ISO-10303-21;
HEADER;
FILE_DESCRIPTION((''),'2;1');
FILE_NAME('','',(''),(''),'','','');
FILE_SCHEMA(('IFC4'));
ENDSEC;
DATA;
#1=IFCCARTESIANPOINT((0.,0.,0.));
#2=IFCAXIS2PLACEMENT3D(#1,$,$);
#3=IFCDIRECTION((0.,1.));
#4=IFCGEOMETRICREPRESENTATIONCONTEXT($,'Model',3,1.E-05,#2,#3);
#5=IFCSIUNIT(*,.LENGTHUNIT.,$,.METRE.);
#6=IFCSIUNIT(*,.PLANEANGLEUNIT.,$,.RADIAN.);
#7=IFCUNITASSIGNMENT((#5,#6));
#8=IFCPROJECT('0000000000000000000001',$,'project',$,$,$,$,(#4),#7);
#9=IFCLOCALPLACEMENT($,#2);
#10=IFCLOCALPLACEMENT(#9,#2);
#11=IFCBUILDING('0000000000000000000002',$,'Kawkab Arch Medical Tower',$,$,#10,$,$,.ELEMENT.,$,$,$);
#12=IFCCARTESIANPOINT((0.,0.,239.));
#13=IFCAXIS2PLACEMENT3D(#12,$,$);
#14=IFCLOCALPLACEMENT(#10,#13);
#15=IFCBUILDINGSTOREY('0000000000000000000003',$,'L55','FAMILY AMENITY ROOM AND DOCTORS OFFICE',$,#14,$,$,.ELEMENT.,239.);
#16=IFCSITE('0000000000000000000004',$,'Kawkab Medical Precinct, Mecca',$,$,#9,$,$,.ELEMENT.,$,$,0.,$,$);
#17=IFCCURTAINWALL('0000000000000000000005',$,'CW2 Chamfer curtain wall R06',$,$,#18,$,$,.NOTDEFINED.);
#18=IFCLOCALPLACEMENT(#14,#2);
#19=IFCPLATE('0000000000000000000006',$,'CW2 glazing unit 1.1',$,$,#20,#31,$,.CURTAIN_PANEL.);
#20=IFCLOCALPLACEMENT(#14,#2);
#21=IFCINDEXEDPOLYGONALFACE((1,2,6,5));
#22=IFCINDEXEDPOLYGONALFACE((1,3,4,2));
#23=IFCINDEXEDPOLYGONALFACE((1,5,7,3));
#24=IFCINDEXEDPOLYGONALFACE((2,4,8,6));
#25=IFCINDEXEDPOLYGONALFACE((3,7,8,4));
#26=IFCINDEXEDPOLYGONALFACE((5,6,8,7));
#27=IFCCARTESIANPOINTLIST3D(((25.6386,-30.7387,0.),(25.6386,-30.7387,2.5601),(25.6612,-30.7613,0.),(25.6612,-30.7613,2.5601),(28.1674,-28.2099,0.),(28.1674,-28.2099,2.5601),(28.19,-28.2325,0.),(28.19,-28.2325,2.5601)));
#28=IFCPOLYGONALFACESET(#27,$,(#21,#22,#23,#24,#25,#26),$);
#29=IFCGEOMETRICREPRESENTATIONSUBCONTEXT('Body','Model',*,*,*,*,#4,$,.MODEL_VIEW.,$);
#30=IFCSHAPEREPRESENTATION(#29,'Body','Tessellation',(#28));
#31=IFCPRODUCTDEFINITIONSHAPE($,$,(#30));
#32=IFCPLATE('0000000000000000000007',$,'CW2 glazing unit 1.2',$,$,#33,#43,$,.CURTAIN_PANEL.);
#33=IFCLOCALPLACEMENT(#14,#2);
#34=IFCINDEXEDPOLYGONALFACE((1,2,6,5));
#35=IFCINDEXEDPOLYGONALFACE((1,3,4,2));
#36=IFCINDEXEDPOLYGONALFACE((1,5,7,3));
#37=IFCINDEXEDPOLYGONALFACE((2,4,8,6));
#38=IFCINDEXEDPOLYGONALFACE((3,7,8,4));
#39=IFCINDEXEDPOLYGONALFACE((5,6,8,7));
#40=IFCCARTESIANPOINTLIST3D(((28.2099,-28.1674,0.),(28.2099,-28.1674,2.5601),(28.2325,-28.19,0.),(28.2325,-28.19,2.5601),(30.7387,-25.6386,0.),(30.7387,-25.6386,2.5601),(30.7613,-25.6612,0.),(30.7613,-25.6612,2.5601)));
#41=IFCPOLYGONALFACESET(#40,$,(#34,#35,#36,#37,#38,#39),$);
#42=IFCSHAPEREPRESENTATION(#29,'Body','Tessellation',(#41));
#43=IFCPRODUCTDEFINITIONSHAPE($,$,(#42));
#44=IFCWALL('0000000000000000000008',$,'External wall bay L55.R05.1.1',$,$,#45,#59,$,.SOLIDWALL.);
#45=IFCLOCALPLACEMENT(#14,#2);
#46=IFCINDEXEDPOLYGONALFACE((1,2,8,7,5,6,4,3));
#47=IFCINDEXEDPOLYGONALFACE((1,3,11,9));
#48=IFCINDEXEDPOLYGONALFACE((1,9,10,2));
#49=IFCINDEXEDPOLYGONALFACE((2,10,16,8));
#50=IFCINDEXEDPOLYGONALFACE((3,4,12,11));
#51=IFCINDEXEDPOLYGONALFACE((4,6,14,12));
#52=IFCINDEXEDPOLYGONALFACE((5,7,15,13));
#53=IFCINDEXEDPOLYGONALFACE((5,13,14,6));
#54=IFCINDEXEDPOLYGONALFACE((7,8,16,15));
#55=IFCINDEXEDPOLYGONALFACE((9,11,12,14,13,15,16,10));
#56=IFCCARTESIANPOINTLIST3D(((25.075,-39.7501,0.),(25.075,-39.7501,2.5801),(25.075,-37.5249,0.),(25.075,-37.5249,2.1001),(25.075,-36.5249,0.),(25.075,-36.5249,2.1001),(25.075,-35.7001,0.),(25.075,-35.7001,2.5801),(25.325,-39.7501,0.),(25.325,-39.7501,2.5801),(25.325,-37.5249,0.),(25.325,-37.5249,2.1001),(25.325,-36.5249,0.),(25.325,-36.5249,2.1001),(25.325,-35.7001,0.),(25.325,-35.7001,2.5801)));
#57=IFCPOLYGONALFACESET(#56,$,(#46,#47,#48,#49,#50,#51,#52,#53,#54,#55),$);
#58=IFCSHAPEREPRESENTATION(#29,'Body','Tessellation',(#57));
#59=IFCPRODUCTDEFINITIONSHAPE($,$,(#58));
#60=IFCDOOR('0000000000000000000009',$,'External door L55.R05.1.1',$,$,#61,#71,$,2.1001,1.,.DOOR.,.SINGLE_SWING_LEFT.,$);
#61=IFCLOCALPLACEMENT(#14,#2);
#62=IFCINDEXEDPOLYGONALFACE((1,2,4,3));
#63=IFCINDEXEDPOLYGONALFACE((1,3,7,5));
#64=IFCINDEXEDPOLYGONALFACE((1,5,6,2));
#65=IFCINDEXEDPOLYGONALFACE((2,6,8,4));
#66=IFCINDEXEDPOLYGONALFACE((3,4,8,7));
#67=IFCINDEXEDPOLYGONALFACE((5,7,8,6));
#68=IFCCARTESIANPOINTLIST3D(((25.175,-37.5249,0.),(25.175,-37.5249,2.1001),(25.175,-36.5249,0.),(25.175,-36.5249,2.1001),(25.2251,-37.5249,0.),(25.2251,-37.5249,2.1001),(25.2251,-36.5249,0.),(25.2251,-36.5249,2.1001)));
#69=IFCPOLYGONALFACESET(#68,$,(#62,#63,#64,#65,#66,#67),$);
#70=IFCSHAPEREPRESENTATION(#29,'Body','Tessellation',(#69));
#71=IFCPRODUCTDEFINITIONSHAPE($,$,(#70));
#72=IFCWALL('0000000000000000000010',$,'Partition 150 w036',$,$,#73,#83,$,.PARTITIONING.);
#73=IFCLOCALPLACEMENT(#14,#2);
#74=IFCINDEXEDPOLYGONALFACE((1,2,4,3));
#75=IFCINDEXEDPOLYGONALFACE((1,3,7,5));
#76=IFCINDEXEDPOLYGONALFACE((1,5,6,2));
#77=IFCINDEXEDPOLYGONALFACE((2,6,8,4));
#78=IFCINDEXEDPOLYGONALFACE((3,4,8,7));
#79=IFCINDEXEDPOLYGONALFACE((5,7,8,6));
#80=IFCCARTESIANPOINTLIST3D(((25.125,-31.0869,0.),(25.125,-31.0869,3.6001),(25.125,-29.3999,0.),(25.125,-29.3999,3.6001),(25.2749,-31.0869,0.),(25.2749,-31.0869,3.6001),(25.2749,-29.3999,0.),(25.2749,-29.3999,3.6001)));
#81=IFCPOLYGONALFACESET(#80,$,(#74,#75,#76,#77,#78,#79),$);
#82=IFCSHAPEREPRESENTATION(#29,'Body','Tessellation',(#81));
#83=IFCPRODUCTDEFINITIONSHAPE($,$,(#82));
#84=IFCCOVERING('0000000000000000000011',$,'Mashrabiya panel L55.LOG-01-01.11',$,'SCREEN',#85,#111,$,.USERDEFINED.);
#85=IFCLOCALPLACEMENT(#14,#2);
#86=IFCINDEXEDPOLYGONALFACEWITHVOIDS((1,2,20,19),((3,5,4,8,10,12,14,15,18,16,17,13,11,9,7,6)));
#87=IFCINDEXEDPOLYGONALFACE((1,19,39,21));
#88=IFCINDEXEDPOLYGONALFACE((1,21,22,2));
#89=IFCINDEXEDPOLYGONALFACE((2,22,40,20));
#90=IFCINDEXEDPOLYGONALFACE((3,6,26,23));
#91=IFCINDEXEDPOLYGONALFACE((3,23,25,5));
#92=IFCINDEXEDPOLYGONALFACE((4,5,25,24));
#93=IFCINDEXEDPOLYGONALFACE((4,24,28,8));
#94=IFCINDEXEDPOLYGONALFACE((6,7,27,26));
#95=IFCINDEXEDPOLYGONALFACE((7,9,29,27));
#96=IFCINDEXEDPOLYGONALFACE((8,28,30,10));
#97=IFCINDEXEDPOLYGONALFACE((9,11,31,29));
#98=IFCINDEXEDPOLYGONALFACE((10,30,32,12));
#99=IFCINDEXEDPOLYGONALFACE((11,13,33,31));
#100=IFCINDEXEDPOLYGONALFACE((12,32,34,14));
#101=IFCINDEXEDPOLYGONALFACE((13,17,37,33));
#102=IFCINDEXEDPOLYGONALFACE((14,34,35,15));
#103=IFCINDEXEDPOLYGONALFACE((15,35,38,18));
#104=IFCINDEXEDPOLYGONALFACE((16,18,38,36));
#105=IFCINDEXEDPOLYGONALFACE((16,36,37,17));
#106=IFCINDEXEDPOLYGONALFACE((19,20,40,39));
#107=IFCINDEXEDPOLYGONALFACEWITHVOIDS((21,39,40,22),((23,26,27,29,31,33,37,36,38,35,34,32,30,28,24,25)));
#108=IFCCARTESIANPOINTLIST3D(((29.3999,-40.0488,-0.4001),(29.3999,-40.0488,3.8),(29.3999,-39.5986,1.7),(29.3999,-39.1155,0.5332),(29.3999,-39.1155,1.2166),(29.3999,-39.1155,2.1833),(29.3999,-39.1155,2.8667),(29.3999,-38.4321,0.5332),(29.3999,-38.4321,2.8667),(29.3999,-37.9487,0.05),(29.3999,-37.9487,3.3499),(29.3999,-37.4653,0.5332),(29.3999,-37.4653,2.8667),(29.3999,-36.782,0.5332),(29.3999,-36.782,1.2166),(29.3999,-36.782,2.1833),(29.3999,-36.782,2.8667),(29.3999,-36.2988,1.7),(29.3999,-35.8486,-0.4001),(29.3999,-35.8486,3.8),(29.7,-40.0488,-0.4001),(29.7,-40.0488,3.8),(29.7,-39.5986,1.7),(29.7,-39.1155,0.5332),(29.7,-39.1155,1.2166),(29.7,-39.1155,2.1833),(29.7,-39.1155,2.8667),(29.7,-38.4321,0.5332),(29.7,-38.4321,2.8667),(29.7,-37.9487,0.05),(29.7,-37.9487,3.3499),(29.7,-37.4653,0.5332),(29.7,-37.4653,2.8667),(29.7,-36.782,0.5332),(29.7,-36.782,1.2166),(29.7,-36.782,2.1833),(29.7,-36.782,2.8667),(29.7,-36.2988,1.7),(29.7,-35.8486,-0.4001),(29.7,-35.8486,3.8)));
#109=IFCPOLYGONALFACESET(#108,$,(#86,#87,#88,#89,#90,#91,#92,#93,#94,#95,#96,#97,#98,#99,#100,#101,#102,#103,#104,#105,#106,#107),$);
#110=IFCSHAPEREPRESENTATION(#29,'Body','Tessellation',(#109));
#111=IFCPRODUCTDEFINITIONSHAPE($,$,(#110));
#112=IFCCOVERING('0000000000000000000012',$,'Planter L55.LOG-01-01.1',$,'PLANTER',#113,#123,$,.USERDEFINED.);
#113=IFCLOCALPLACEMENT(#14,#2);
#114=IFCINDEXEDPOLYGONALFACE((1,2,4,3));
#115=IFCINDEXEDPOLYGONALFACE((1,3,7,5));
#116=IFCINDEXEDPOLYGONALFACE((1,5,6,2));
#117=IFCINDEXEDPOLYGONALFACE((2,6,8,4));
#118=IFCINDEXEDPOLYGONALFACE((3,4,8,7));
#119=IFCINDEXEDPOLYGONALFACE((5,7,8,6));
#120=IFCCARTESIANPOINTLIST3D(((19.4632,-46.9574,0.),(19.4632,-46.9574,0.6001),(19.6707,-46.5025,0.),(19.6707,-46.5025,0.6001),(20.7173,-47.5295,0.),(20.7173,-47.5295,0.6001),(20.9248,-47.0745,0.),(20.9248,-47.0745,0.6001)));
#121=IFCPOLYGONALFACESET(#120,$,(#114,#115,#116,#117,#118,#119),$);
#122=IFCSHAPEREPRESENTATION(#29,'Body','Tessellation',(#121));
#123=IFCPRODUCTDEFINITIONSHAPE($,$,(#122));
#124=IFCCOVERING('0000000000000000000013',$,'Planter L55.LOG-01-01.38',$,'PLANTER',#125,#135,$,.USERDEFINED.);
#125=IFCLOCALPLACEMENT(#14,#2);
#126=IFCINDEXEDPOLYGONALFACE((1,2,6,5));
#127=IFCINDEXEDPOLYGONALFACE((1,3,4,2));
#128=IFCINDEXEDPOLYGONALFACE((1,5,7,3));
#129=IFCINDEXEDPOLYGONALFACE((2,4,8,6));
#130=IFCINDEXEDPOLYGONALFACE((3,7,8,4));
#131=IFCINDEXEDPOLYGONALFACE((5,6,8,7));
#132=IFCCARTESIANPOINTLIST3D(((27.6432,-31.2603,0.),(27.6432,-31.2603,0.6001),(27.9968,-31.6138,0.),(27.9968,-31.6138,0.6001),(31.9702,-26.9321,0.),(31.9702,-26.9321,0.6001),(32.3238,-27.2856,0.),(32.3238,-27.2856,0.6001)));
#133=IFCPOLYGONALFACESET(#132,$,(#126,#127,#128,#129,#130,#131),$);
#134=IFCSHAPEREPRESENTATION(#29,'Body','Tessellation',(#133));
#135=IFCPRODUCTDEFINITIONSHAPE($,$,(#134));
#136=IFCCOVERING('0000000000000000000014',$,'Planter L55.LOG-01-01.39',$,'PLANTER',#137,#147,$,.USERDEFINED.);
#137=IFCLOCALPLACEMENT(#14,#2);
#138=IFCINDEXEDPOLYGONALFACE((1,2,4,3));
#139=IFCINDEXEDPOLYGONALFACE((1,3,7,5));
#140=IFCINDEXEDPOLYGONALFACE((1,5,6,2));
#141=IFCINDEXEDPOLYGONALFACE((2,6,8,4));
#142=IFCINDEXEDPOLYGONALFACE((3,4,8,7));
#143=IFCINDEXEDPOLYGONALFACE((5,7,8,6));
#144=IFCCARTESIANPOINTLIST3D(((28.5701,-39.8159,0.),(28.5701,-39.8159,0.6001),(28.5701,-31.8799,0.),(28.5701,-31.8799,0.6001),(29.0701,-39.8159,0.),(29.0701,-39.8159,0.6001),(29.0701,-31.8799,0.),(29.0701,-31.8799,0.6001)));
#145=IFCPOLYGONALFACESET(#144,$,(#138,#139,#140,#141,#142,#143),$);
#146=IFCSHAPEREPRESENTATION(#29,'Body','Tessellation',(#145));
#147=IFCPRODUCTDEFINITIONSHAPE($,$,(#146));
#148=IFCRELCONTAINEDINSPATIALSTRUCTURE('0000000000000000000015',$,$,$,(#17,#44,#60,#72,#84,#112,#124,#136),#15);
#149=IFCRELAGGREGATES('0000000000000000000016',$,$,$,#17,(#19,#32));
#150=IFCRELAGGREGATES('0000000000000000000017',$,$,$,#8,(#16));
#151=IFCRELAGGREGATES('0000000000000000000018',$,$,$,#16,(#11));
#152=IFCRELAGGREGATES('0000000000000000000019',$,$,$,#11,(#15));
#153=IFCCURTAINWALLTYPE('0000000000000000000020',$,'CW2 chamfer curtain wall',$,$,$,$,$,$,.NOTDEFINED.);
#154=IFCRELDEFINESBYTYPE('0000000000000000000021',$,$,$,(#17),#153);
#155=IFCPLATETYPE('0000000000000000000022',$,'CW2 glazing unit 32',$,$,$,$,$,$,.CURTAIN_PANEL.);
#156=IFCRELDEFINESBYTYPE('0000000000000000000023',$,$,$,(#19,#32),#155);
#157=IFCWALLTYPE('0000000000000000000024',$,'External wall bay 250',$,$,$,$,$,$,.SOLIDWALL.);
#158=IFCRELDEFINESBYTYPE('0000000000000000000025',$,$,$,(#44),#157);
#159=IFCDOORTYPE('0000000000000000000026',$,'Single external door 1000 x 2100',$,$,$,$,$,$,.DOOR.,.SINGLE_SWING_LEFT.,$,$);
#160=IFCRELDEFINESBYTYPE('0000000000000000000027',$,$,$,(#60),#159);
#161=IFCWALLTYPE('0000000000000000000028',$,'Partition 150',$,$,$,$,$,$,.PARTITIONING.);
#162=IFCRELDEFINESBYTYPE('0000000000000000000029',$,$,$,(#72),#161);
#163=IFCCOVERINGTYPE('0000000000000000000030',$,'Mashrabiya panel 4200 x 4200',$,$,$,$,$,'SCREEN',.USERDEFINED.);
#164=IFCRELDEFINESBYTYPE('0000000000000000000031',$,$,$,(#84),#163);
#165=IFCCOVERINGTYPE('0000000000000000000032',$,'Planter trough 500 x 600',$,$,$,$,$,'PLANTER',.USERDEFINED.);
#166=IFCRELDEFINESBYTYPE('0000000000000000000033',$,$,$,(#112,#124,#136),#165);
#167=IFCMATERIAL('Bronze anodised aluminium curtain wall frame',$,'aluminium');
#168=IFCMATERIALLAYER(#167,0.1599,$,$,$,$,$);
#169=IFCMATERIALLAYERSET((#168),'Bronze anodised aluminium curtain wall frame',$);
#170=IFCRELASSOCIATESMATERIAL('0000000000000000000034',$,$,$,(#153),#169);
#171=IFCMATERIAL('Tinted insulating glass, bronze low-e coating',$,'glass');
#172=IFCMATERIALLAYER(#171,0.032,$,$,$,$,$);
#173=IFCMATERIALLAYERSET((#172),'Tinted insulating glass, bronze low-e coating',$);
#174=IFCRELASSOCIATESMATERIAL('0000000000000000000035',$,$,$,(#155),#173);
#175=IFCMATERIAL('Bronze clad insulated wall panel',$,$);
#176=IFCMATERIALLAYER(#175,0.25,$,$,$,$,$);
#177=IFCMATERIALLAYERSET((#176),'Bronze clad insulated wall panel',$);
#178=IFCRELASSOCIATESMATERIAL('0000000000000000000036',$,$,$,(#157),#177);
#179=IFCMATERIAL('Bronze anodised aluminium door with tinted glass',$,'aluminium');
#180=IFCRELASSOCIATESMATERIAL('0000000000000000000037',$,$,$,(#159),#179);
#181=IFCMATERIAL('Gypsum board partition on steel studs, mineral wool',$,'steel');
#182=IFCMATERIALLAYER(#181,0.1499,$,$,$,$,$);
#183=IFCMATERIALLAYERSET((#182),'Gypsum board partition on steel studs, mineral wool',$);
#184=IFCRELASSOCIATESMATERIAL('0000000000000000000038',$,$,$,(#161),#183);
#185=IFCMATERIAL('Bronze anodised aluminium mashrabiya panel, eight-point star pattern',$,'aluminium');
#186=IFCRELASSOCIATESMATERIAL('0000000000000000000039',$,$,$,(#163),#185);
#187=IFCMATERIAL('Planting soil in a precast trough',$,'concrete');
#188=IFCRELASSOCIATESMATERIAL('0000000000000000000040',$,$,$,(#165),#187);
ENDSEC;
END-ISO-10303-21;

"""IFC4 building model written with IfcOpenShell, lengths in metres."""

from ifc_helpers import new_model, si_unit, direction, frame, frame_2d, origin, origin_2d, place, context, subcontext, project, spatial, polyline, rectangle, outline, extrude, material, layer, layer_set, material_profile, profile_set, type_object, element, fill, aggregate, save


model = new_model("IFC4")

# Units and contexts
model_context = context("Model", 3, precision=1e-05, world=origin(), true_north=direction((0.0, 1.0)))
body_context = subcontext(model_context, "Body", "Model", "MODEL_VIEW")
ifc_project = project(units=[si_unit("LENGTHUNIT", "METRE"), si_unit("PLANEANGLEUNIT", "RADIAN")], contexts=[model_context])

# Site, building, storey
site_placement = place(None, origin())
site = spatial("IfcSite", under=ifc_project, at=site_placement, Name="Kawkab Medical Precinct, Mecca", CompositionType="ELEMENT", RefElevation=0.0)
building_placement = place(site_placement, origin())
building = spatial("IfcBuilding", under=site, at=building_placement, Name="Kawkab Arch Medical Tower", CompositionType="ELEMENT")
storey_placement = place(building_placement, frame((0.0, 0.0, 239.0)))
storey = spatial("IfcBuildingStorey", under=building, at=storey_placement, Name="L55", Description="FAMILY AMENITY ROOM AND DOCTORS OFFICE", CompositionType="ELEMENT", Elevation=239.0)

# Shared definitions
placement = place(storey_placement, origin())
ifc_material_1 = material(Name="Bronze anodised aluminium curtain wall frame", Category="aluminium")
ifc_layer_1 = layer(ifc_material_1, 0.1599)
ifc_layer_set_1 = layer_set([ifc_layer_1], Name="Bronze anodised aluminium curtain wall frame")
curtain_wall_type_1 = type_object("IfcCurtainWallType", Name="CW2 chamfer curtain wall", PredefinedType="NOTDEFINED", material=ifc_layer_set_1)

# Curtain wall
curtain_wall_1 = element("IfcCurtainWall", 1, at=placement, inside=storey, type_object=curtain_wall_type_1, Name="CW2 Chamfer curtain wall R06", PredefinedType="NOTDEFINED")

# Plates
ifc_material_2 = material(Name="Tinted insulating glass, bronze low-e coating", Category="glass")
ifc_layer_2 = layer(ifc_material_2, 0.032)
ifc_layer_set_2 = layer_set([ifc_layer_2], Name="Tinted insulating glass, bronze low-e coating")
plate_type_1 = type_object("IfcPlateType", Name="CW2 glazing unit 32", PredefinedType="CURTAIN_PANEL", material=ifc_layer_set_2)
plate_1_placement = place(storey_placement, frame((26.9143, -29.4856, 0.0), z_axis=(0.0, 0.0, 1.0), x_axis=(0.707107, 0.707107, 0.0)))
plate_1 = element("IfcPlate", 2, at=plate_1_placement, type_object=plate_type_1, Name="CW2 glazing unit 1.1", PredefinedType="CURTAIN_PANEL", context=body_context, shape_type="SweptSolid", body=[
    extrude(rectangle(XDim=3.5762, YDim=0.032, at=origin_2d()), origin(), (0.0, 0.0, 1.0), 2.5601),
])
plate_2_placement = place(storey_placement, frame((29.4856, -26.9143, 0.0), z_axis=(0.0, 0.0, 1.0), x_axis=(0.707107, 0.707107, 0.0)))
plate_2 = element("IfcPlate", 3, at=plate_2_placement, type_object=plate_type_1, Name="CW2 glazing unit 1.2", PredefinedType="CURTAIN_PANEL", context=body_context, shape_type="SweptSolid", body=[
    extrude(rectangle(XDim=3.5762, YDim=0.032, at=origin_2d()), origin(), (0.0, 0.0, 1.0), 2.5601),
])
aggregate(curtain_wall_1, [plate_1, plate_2])

# Wall, opening, door
ifc_material_3 = material(Name="Bronze clad insulated wall panel")
ifc_layer_3 = layer(ifc_material_3, 0.25)
ifc_layer_set_3 = layer_set([ifc_layer_3], Name="Bronze clad insulated wall panel")
wall_type_1 = type_object("IfcWallType", Name="External wall bay 250", PredefinedType="SOLIDWALL", material=ifc_layer_set_3)
wall_1_placement = place(storey_placement, frame((25.2, -39.75, 0.0), z_axis=(0.0, 0.0, 1.0), x_axis=(0.0, 1.0, 0.0)))
wall_1 = element("IfcWall", 4, at=wall_1_placement, inside=storey, type_object=wall_type_1, Name="External wall bay L55.R05.1.1", PredefinedType="SOLIDWALL", context=body_context, shape_type="SweptSolid", body=[
    extrude(rectangle(XDim=4.05, YDim=0.25, at=frame_2d((2.0249, 0.0))), origin(), (0.0, 0.0, 1.0), 2.5801),
])
opening_placement = place(wall_1_placement, frame((2.2251, 0.0, 0.0)))
opening = element("IfcOpeningElement", 5, at=opening_placement, cuts=wall_1, PredefinedType="OPENING", context=body_context, shape_type="SweptSolid", body=[
    extrude(rectangle(XDim=1.0, YDim=2.1001, at=frame_2d((0.5, 1.05))), frame((0.0, 0.135, 0.0), z_axis=(0.0, -1.0, 0.0), x_axis=(1.0, 0.0, 0.0)), (0.0, 0.0, 1.0), 0.27),
])
ifc_material_4 = material(Name="Bronze anodised aluminium door with tinted glass", Category="aluminium")
door_type = type_object("IfcDoorType", Name="Single external door 1000 x 2100", OperationType="SINGLE_SWING_LEFT", PredefinedType="DOOR", material=ifc_material_4)
door_placement = place(opening_placement, origin())
door = element("IfcDoor", 6, at=door_placement, inside=storey, type_object=door_type, Name="External door L55.R05.1.1", OperationType="SINGLE_SWING_LEFT", OverallHeight=2.1001, OverallWidth=1.0, PredefinedType="DOOR", context=body_context, shape_type="SweptSolid", body=[
    extrude(rectangle(XDim=1.0, YDim=2.1001, at=frame_2d((0.5, 1.05))), frame((0.0, 0.0249, 0.0), z_axis=(0.0, -1.0, 0.0), x_axis=(1.0, 0.0, 0.0)), (0.0, 0.0, 1.0), 0.05),
])
fill(opening, door)

# Wall
ifc_material_5 = material(Name="Gypsum board partition on steel studs, mineral wool", Category="steel")
ifc_layer_4 = layer(ifc_material_5, 0.1499)
ifc_layer_set_4 = layer_set([ifc_layer_4], Name="Gypsum board partition on steel studs, mineral wool")
wall_type_2 = type_object("IfcWallType", Name="Partition 150", PredefinedType="PARTITIONING", material=ifc_layer_set_4)
wall_2_placement = place(storey_placement, frame((25.2, -31.0869, 0.0), z_axis=(0.0, 0.0, 1.0), x_axis=(0.0, 1.0, 0.0)))
element("IfcWall", 7, at=wall_2_placement, inside=storey, type_object=wall_type_2, Name="Partition 150 w036", PredefinedType="PARTITIONING", context=body_context, shape_type="SweptSolid", body=[
    extrude(rectangle(XDim=1.687, YDim=0.1499, at=frame_2d((0.8435, 0.0))), origin(), (0.0, 0.0, 1.0), 3.6001),
])

# Coverings
ifc_material_6 = material(Name="Bronze anodised aluminium mashrabiya panel, eight-point star pattern", Category="aluminium")
ifc_material_profile_1 = material_profile(ifc_material_6, outline(polyline([(-2.1001, -2.1001), (2.1001, -2.1001), (2.1001, 2.1001), (-2.1001, 2.1001), (-2.1001, -2.1001)]), holes=[polyline([(1.6499, 0.0), (1.1667, 0.4834), (1.1667, 1.1667), (0.4834, 1.1667), (0.0, 1.6499), (-0.4834, 1.1667), (-1.1667, 1.1667), (-1.1667, 0.4834), (-1.6499, 0.0), (-1.1667, -0.4834), (-1.1667, -1.1667), (-0.4834, -1.1667), (0.0, -1.6499), (0.4834, -1.1667), (1.1667, -1.1667), (1.1667, -0.4834), (1.6499, 0.0)])]), Name="Mashrabiya panel 4200x4200")
ifc_profile_set_1 = profile_set([ifc_material_profile_1], Name="Bronze anodised aluminium mashrabiya panel, eight-point star pattern")
covering_type_1 = type_object("IfcCoveringType", Name="Mashrabiya panel 4200 x 4200", ElementType="SCREEN", PredefinedType="USERDEFINED", material=ifc_profile_set_1)
covering_1_placement = place(storey_placement, frame((29.3999, -37.9487, 1.7), z_axis=(1.0, 0.0, 0.0), x_axis=(0.0, 1.0, 0.0)))
element("IfcCovering", 8, at=covering_1_placement, inside=storey, type_object=covering_type_1, Name="Mashrabiya panel L55.LOG-01-01.11", ObjectType="SCREEN", PredefinedType="USERDEFINED", context=body_context, shape_type="SweptSolid", body=[
    extrude(outline(polyline([(-2.1001, -2.1001), (2.1001, -2.1001), (2.1001, 2.1001), (-2.1001, 2.1001), (-2.1001, -2.1001)]), holes=[polyline([(1.6499, 0.0), (1.1667, 0.4834), (1.1667, 1.1667), (0.4834, 1.1667), (0.0, 1.6499), (-0.4834, 1.1667), (-1.1667, 1.1667), (-1.1667, 0.4834), (-1.6499, 0.0), (-1.1667, -0.4834), (-1.1667, -1.1667), (-0.4834, -1.1667), (0.0, -1.6499), (0.4834, -1.1667), (1.1667, -1.1667), (1.1667, -0.4834), (1.6499, 0.0)])]), origin(), (0.0, 0.0, 1.0), 0.3),
])
ifc_material_7 = material(Name="Planting soil in a precast trough", Category="concrete")
ifc_material_profile_2 = material_profile(ifc_material_7, rectangle(XDim=0.5, YDim=0.6001, at=origin_2d()), Name="Trough 500x600")
ifc_profile_set_2 = profile_set([ifc_material_profile_2], Name="Planting soil in a precast trough")
covering_type_2 = type_object("IfcCoveringType", Name="Planter trough 500 x 600", ElementType="PLANTER", PredefinedType="USERDEFINED", material=ifc_profile_set_2)
covering_2_placement = place(storey_placement, frame((20.821, -47.302, 0.3), z_axis=(-0.909832, 0.414977, 0.0), x_axis=(-0.414977, -0.909832, 0.0)))
element("IfcCovering", 9, at=covering_2_placement, inside=storey, type_object=covering_type_2, Name="Planter L55.LOG-01-01.1", ObjectType="PLANTER", PredefinedType="USERDEFINED", context=body_context, shape_type="SweptSolid", body=[
    extrude(rectangle(XDim=0.5, YDim=0.6001, at=origin_2d()), origin(), (0.0, 0.0, 1.0), 1.3784),
])
covering_3_placement = place(storey_placement, frame((32.147, -27.1089, 0.3), z_axis=(-0.707007, -0.707207, 0.0), x_axis=(0.707207, -0.707007, 0.0)))
element("IfcCovering", 10, at=covering_3_placement, inside=storey, type_object=covering_type_2, Name="Planter L55.LOG-01-01.38", ObjectType="PLANTER", PredefinedType="USERDEFINED", context=body_context, shape_type="SweptSolid", body=[
    extrude(rectangle(XDim=0.5, YDim=0.6001, at=origin_2d()), origin(), (0.0, 0.0, 1.0), 6.1201),
])
covering_4_placement = place(storey_placement, frame((28.8201, -31.8799, 0.3), z_axis=(0.0, -1.0, 0.0), x_axis=(1.0, 0.0, 0.0)))
element("IfcCovering", 11, at=covering_4_placement, inside=storey, type_object=covering_type_2, Name="Planter L55.LOG-01-01.39", ObjectType="PLANTER", PredefinedType="USERDEFINED", context=body_context, shape_type="SweptSolid", body=[
    extrude(rectangle(XDim=0.5, YDim=0.6001, at=origin_2d()), origin(), (0.0, 0.0, 1.0), 7.936),
])

save(model, "model.ifc")
